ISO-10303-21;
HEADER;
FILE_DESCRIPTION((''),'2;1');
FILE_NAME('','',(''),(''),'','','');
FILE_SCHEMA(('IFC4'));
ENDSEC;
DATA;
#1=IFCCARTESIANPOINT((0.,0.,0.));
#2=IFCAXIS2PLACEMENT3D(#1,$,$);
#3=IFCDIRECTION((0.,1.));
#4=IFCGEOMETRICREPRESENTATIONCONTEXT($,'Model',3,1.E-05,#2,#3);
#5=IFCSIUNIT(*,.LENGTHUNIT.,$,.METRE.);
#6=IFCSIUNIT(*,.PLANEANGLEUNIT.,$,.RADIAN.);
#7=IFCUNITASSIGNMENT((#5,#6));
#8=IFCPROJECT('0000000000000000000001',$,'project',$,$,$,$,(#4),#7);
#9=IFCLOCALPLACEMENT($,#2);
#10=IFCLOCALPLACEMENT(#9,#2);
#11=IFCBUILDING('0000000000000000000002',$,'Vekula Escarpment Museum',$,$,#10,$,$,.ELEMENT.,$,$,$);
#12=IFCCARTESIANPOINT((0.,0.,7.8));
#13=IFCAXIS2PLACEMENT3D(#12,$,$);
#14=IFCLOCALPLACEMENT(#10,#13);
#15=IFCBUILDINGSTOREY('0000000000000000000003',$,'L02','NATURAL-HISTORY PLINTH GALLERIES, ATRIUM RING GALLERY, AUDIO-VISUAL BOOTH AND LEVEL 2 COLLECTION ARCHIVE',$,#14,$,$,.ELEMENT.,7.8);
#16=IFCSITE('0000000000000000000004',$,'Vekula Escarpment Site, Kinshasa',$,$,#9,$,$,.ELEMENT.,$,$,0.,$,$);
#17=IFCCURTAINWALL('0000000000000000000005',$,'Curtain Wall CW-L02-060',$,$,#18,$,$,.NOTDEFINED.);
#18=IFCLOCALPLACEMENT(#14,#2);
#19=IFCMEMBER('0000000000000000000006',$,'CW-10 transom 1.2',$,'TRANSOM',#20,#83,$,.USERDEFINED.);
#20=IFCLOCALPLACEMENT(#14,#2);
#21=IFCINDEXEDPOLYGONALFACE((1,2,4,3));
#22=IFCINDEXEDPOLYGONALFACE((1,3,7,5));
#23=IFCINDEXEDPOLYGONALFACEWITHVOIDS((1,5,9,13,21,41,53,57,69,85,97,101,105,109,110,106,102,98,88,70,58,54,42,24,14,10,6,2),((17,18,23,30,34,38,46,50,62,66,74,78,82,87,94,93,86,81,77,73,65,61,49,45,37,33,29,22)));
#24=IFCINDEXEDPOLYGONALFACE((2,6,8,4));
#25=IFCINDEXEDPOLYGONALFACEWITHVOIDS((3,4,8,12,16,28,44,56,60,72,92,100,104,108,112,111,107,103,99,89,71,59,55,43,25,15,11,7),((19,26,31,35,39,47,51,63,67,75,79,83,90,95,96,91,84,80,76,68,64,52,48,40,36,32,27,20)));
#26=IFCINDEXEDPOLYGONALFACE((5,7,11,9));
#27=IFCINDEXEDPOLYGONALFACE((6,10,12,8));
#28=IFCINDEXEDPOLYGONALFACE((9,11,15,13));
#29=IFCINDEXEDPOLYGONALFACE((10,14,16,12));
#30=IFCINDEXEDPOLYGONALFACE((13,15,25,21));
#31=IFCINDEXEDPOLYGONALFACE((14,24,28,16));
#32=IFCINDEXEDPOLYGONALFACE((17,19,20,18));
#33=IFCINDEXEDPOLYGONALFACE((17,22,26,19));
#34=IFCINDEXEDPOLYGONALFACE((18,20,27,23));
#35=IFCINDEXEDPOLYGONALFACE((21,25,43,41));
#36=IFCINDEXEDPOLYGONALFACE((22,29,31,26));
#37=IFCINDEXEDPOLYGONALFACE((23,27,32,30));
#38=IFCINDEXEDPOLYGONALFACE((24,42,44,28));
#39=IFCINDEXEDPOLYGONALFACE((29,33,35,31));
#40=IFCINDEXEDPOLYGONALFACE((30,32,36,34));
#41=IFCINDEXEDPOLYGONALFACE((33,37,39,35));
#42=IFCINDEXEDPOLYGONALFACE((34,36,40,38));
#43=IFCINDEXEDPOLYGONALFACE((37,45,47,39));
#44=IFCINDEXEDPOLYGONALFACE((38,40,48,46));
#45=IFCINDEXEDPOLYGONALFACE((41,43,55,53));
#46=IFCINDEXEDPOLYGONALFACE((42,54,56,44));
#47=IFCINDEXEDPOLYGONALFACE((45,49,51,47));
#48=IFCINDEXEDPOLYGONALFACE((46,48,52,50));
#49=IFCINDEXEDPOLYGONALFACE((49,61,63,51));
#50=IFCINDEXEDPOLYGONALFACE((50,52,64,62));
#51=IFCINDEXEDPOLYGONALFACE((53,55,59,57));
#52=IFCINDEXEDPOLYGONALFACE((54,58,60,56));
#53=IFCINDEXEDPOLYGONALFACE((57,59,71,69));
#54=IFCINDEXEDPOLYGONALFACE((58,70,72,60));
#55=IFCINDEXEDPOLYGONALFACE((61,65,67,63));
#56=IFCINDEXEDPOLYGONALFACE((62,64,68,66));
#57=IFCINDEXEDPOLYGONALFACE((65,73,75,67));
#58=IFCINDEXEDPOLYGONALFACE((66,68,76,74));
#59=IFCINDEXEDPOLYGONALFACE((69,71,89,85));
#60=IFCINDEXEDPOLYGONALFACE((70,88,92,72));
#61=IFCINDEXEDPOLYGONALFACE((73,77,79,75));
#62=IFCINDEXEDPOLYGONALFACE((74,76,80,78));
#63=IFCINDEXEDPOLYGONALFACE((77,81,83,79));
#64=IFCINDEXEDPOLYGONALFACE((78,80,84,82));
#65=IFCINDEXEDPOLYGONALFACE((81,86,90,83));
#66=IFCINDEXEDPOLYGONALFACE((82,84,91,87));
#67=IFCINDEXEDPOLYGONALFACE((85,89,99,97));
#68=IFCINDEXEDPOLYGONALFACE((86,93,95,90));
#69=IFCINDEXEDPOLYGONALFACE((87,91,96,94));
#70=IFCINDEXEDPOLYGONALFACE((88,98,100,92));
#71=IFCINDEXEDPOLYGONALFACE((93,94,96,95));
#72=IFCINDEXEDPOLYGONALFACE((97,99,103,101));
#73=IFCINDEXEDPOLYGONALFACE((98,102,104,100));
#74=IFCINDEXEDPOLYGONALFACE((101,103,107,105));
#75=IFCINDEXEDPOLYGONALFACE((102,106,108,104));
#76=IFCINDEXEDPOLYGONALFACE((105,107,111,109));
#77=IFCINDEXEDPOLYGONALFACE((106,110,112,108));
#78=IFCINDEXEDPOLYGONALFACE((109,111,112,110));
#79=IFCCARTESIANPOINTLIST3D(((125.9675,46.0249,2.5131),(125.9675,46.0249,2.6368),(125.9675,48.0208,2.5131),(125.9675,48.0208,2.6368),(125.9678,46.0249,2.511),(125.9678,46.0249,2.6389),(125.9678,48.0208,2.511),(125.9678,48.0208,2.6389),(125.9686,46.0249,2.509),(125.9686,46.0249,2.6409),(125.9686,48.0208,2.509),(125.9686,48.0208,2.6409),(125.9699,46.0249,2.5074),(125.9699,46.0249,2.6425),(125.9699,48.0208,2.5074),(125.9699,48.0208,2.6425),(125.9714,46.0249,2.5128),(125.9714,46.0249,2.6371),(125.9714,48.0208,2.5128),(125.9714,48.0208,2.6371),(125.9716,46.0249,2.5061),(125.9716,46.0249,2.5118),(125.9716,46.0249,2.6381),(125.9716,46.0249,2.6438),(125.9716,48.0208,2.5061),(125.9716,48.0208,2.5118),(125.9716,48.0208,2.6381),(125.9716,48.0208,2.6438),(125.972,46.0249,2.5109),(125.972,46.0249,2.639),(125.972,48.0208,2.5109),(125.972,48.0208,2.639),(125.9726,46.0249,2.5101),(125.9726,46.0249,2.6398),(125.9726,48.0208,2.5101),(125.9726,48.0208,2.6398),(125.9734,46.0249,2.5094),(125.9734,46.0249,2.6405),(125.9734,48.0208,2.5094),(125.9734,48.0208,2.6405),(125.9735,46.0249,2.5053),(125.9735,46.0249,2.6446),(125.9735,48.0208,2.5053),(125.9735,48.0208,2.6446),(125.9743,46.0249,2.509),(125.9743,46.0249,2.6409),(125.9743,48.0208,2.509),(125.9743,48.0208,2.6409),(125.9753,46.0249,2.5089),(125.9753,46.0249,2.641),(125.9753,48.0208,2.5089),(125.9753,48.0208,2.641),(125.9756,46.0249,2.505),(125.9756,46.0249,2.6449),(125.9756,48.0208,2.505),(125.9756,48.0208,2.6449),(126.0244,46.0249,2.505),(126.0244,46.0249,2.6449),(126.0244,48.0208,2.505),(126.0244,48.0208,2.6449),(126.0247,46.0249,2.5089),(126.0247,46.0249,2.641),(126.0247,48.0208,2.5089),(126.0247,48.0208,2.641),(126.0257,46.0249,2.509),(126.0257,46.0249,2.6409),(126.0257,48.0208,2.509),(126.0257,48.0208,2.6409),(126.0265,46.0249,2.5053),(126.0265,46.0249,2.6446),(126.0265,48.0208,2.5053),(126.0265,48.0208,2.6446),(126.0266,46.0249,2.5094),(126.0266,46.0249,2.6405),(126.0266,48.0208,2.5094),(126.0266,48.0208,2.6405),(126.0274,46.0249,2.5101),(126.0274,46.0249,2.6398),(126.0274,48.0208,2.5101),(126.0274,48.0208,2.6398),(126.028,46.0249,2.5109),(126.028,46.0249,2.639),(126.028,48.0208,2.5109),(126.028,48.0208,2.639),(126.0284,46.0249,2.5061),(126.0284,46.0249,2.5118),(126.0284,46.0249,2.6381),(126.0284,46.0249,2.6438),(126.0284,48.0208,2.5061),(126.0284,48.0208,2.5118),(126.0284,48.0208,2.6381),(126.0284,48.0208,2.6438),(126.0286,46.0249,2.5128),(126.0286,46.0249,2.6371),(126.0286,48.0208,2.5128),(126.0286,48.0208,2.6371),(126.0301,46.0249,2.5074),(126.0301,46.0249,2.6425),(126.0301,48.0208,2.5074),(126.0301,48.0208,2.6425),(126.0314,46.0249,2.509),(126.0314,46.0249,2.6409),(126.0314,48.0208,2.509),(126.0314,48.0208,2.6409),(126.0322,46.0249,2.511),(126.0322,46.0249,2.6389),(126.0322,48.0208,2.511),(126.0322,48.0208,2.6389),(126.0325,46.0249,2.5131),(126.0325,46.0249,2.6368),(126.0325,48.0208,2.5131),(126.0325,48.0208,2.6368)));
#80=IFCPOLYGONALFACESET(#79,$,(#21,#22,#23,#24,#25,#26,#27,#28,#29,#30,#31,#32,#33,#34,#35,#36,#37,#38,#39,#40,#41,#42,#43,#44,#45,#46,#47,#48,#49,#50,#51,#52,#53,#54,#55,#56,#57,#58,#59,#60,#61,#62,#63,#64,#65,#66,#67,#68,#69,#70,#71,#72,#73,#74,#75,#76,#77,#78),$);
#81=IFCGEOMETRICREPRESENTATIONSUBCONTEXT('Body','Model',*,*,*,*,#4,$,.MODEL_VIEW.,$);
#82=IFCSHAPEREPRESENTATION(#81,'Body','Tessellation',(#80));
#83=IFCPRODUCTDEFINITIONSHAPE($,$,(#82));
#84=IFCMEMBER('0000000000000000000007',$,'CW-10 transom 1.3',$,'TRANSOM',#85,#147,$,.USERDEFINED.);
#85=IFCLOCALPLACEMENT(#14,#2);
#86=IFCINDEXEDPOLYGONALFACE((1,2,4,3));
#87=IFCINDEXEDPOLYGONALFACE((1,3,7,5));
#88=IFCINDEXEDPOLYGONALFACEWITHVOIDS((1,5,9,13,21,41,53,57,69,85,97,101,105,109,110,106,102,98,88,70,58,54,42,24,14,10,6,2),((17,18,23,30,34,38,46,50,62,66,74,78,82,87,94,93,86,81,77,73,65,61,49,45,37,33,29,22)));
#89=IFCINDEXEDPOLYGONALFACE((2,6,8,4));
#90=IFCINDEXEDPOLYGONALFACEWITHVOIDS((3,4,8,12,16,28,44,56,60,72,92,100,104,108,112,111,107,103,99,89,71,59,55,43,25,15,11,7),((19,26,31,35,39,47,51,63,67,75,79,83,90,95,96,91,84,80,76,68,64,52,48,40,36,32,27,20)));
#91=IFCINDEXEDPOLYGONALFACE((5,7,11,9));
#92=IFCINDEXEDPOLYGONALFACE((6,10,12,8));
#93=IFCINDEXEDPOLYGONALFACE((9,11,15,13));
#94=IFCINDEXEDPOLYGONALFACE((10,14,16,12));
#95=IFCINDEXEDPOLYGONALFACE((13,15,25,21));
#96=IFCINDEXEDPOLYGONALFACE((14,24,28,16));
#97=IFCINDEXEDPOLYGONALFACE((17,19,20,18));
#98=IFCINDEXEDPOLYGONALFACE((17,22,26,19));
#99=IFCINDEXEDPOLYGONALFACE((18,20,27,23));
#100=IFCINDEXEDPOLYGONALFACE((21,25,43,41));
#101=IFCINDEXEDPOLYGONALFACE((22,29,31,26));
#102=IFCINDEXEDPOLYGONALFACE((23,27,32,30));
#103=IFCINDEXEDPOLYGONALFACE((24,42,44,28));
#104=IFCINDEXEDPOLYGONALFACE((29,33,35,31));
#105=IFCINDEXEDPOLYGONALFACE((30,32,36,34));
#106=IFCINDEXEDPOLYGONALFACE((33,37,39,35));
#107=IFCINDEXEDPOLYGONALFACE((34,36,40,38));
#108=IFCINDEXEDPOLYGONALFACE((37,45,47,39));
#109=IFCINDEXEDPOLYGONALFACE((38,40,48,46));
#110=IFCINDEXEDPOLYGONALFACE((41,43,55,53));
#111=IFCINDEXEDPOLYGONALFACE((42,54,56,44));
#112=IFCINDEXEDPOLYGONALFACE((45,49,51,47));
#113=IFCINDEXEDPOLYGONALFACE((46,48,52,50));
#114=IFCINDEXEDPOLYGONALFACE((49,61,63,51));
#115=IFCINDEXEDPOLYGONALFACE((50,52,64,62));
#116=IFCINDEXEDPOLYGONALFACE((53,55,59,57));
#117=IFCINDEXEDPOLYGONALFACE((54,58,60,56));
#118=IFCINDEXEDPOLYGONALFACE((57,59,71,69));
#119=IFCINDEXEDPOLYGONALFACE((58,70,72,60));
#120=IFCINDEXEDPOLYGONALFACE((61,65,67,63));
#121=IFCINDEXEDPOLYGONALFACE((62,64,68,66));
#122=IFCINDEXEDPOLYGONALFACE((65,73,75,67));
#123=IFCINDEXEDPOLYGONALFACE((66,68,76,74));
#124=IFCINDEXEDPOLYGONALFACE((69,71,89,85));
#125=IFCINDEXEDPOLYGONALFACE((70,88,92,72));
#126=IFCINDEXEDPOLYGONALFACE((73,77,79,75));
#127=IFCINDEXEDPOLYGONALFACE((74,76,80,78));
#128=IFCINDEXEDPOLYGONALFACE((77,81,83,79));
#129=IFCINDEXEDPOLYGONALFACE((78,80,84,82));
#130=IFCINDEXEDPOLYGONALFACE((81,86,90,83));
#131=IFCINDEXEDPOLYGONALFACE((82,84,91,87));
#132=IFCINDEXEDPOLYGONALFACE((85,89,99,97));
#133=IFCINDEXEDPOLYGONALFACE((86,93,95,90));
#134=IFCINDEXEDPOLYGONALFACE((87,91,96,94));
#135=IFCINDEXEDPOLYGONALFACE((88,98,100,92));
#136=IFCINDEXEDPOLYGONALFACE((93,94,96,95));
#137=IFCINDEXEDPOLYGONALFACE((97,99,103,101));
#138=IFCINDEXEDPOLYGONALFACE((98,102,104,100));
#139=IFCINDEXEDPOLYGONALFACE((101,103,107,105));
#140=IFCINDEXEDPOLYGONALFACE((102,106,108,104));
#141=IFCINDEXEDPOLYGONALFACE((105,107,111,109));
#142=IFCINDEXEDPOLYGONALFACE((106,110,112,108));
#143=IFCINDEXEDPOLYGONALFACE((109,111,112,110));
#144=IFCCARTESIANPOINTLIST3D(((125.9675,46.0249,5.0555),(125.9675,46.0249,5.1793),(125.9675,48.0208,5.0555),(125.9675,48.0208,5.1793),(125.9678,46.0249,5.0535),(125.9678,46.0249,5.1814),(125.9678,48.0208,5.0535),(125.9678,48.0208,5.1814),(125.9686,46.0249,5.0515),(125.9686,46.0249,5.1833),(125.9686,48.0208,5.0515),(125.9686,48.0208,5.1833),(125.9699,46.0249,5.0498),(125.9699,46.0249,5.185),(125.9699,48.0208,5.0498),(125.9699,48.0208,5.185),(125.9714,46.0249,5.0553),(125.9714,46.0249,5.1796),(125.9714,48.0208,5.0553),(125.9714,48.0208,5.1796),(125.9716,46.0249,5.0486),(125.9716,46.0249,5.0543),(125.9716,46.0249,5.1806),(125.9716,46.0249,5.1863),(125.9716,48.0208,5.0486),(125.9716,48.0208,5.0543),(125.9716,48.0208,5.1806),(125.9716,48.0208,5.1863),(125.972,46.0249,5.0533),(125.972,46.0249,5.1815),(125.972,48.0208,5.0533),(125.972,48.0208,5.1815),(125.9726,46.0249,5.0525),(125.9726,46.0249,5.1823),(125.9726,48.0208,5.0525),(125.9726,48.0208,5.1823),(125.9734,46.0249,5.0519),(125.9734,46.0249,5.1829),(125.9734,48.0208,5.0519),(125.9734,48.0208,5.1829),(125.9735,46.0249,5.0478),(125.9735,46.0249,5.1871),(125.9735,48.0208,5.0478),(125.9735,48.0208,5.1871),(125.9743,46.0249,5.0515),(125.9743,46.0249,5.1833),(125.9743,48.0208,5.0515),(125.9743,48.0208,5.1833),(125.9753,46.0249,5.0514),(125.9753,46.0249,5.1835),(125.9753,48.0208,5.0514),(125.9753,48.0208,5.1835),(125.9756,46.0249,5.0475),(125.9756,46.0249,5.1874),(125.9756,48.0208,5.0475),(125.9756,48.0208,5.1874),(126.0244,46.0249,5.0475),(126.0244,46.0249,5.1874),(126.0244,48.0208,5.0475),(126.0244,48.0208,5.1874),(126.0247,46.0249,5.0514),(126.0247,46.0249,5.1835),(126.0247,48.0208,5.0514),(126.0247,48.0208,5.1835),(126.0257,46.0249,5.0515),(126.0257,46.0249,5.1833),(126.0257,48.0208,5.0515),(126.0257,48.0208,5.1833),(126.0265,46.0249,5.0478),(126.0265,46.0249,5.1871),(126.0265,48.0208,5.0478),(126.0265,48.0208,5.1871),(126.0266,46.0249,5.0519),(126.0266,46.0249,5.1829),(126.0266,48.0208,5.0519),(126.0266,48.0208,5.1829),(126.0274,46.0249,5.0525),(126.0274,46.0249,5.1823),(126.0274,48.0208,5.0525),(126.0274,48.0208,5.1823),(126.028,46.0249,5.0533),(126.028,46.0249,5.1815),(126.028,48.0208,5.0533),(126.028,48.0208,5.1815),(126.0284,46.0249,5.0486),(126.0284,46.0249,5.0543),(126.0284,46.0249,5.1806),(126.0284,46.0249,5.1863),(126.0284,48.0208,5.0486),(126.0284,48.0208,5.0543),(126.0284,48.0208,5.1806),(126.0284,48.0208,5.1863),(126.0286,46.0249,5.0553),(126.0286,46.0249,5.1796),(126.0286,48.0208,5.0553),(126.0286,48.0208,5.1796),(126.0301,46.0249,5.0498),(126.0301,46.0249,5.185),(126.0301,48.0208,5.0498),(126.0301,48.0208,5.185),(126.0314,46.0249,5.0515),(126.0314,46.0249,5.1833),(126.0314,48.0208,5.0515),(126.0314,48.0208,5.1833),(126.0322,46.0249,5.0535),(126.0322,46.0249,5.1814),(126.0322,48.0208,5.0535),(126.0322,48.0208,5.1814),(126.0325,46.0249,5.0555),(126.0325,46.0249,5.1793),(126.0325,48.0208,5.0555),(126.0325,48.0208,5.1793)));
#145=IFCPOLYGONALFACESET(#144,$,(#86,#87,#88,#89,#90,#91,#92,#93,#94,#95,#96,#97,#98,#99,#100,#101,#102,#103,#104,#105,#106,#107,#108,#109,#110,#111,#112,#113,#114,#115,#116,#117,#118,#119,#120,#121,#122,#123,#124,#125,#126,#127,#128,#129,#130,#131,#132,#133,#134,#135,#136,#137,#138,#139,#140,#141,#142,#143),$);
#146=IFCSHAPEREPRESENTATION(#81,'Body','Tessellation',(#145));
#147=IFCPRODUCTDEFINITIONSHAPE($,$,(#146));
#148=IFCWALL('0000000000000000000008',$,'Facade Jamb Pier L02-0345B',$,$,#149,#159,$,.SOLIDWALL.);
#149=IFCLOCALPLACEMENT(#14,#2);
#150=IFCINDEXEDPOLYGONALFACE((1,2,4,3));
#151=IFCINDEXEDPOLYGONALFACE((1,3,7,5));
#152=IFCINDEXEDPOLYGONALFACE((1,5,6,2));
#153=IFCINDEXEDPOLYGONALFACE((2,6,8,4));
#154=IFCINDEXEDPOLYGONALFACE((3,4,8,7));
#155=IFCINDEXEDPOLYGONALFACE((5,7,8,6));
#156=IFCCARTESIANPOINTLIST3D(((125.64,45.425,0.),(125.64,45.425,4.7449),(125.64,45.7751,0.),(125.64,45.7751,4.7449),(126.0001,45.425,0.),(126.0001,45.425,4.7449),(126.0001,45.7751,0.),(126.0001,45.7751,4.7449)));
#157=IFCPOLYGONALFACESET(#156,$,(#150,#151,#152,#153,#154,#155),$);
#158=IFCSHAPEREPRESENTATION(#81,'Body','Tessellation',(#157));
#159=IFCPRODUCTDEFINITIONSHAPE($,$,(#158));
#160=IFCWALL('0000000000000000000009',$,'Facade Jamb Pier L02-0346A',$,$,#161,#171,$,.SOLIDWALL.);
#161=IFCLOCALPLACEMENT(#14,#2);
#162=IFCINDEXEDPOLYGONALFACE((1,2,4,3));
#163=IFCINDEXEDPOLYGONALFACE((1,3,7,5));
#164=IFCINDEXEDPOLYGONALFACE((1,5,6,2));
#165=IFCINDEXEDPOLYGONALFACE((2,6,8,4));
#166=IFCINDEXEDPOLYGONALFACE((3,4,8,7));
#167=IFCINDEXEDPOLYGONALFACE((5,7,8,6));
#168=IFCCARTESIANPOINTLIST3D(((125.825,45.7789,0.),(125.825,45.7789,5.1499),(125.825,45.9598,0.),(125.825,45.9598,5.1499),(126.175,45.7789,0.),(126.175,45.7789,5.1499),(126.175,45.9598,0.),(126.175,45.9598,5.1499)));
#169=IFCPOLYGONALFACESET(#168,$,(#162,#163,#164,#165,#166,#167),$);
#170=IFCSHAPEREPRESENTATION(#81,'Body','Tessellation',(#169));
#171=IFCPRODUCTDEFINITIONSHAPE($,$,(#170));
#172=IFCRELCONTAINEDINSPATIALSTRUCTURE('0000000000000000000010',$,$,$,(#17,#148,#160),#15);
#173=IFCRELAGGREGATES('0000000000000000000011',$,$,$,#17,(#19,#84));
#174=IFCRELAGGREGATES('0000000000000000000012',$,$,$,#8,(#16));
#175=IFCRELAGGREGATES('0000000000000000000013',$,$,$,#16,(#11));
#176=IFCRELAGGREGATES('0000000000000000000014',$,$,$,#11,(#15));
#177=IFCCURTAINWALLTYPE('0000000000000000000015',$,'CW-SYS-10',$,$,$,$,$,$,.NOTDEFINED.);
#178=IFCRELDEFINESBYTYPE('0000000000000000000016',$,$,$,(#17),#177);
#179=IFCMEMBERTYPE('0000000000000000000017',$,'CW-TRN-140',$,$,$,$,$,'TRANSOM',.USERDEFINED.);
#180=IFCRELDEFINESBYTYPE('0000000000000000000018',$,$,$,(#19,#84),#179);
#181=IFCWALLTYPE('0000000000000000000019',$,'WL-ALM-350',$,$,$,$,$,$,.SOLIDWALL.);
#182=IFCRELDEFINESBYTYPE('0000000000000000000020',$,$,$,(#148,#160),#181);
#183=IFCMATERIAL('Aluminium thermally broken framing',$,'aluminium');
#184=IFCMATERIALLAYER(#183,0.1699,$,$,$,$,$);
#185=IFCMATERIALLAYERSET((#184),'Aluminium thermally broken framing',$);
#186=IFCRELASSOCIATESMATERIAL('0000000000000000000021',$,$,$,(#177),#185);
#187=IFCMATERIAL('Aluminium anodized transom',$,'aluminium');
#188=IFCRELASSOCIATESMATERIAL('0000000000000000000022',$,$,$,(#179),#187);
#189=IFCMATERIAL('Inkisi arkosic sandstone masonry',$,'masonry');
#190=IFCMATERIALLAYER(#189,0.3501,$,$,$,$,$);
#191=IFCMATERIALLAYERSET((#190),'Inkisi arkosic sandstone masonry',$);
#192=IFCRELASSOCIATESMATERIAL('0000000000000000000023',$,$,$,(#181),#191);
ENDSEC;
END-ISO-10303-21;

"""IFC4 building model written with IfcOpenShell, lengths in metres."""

from ifc_helpers import new_model, si_unit, direction, frame, frame_2d, origin, origin_2d, place, context, subcontext, project, spatial, rectangle, hollow_rectangle, extrude, material, layer, layer_set, material_profile, profile_set, type_object, element, aggregate, save


model = new_model("IFC4")

# Units and contexts
model_context = context("Model", 3, precision=1e-05, world=origin(), true_north=direction((0.0, 1.0)))
body_context = subcontext(model_context, "Body", "Model", "MODEL_VIEW")
ifc_project = project(units=[si_unit("LENGTHUNIT", "METRE"), si_unit("PLANEANGLEUNIT", "RADIAN")], contexts=[model_context])

# Site, building, storey
site_placement = place(None, origin())
site = spatial("IfcSite", under=ifc_project, at=site_placement, Name="Vekula Escarpment Site, Kinshasa", CompositionType="ELEMENT", RefElevation=0.0)
building_placement = place(site_placement, origin())
building = spatial("IfcBuilding", under=site, at=building_placement, Name="Vekula Escarpment Museum", CompositionType="ELEMENT")
storey_placement = place(building_placement, frame((0.0, 0.0, 7.8)))
storey = spatial("IfcBuildingStorey", under=building, at=storey_placement, Name="L02", Description="NATURAL-HISTORY PLINTH GALLERIES, ATRIUM RING GALLERY, AUDIO-VISUAL BOOTH AND LEVEL 2 COLLECTION ARCHIVE", CompositionType="ELEMENT", Elevation=7.8)

# Curtain wall, members
ifc_material_1 = material(Name="Aluminium thermally broken framing", Category="aluminium")
ifc_layer_1 = layer(ifc_material_1, 0.1699)
ifc_layer_set_1 = layer_set([ifc_layer_1], Name="Aluminium thermally broken framing")
curtain_wall_type = type_object("IfcCurtainWallType", Name="CW-SYS-10", PredefinedType="NOTDEFINED", material=ifc_layer_set_1)
curtain_wall_placement = place(storey_placement, origin())
curtain_wall = element("IfcCurtainWall", 1, at=curtain_wall_placement, inside=storey, type_object=curtain_wall_type, Name="Curtain Wall CW-L02-060", PredefinedType="NOTDEFINED")
ifc_material_2 = material(Name="Aluminium anodized transom", Category="aluminium")
ifc_material_profile_1 = material_profile(ifc_material_2, hollow_rectangle(XDim=0.0649, YDim=0.1399, WallThickness=0.0039, InnerFilletRadius=0.0039, OuterFilletRadius=0.0081, at=origin_2d()), Name="ALU 140x65x4")
ifc_profile_set_1 = profile_set([ifc_material_profile_1], Name="Aluminium anodized transom")
member_type_1 = type_object("IfcMemberType", Name="CW-TRN-140", ElementType="TRANSOM", PredefinedType="USERDEFINED", material=ifc_profile_set_1)
member_1_placement = place(storey_placement, frame((126.0, 46.0249, 2.575), z_axis=(0.0, 1.0, 0.0), x_axis=(-1.0, 0.0, 0.0)))
member_1 = element("IfcMember", 2, at=member_1_placement, type_object=member_type_1, Name="CW-10 transom 1.2", ObjectType="TRANSOM", PredefinedType="USERDEFINED", context=body_context, shape_type="SweptSolid", body=[
    extrude(hollow_rectangle(XDim=0.0649, YDim=0.1399, WallThickness=0.0039, InnerFilletRadius=0.0039, OuterFilletRadius=0.0081, at=origin_2d()), origin(), (0.0, 0.0, 1.0), 1.9958),
])
member_2_placement = place(storey_placement, frame((126.0, 46.0249, 5.1174), z_axis=(0.0, 1.0, 0.0), x_axis=(-1.0, 0.0, 0.0)))
member_2 = element("IfcMember", 3, at=member_2_placement, type_object=member_type_1, Name="CW-10 transom 1.3", ObjectType="TRANSOM", PredefinedType="USERDEFINED", context=body_context, shape_type="SweptSolid", body=[
    extrude(hollow_rectangle(XDim=0.0649, YDim=0.1399, WallThickness=0.0039, InnerFilletRadius=0.0039, OuterFilletRadius=0.0081, at=origin_2d()), origin(), (0.0, 0.0, 1.0), 1.9958),
])
aggregate(curtain_wall, [member_1, member_2])

# Walls
ifc_material_3 = material(Name="Inkisi arkosic sandstone masonry", Category="masonry")
ifc_layer_2 = layer(ifc_material_3, 0.3501)
ifc_layer_set_2 = layer_set([ifc_layer_2], Name="Inkisi arkosic sandstone masonry")
wall_type_1 = type_object("IfcWallType", Name="WL-ALM-350", PredefinedType="SOLIDWALL", material=ifc_layer_set_2)
wall_1_placement = place(storey_placement, frame((125.6399, 45.6001, 0.0), z_axis=(0.0, 0.0, 1.0), x_axis=(1.0, 0.0, 0.0)))
element("IfcWall", 4, at=wall_1_placement, inside=storey, type_object=wall_type_1, Name="Facade Jamb Pier L02-0345B", PredefinedType="SOLIDWALL", context=body_context, shape_type="SweptSolid", body=[
    extrude(rectangle(XDim=0.3601, YDim=0.3501, at=frame_2d((0.1802, 0.0))), origin(), (0.0, 0.0, 1.0), 4.7449),
])
wall_2_placement = place(storey_placement, frame((126.0, 45.7791, 0.0), z_axis=(0.0, 0.0, 1.0), x_axis=(0.0, 1.0, 0.0)))
element("IfcWall", 5, at=wall_2_placement, inside=storey, type_object=wall_type_1, Name="Facade Jamb Pier L02-0346A", PredefinedType="SOLIDWALL", context=body_context, shape_type="SweptSolid", body=[
    extrude(rectangle(XDim=0.1809, YDim=0.3501, at=frame_2d((0.0903, 0.0))), origin(), (0.0, 0.0, 1.0), 5.1499),
])

save(model, "model.ifc")
